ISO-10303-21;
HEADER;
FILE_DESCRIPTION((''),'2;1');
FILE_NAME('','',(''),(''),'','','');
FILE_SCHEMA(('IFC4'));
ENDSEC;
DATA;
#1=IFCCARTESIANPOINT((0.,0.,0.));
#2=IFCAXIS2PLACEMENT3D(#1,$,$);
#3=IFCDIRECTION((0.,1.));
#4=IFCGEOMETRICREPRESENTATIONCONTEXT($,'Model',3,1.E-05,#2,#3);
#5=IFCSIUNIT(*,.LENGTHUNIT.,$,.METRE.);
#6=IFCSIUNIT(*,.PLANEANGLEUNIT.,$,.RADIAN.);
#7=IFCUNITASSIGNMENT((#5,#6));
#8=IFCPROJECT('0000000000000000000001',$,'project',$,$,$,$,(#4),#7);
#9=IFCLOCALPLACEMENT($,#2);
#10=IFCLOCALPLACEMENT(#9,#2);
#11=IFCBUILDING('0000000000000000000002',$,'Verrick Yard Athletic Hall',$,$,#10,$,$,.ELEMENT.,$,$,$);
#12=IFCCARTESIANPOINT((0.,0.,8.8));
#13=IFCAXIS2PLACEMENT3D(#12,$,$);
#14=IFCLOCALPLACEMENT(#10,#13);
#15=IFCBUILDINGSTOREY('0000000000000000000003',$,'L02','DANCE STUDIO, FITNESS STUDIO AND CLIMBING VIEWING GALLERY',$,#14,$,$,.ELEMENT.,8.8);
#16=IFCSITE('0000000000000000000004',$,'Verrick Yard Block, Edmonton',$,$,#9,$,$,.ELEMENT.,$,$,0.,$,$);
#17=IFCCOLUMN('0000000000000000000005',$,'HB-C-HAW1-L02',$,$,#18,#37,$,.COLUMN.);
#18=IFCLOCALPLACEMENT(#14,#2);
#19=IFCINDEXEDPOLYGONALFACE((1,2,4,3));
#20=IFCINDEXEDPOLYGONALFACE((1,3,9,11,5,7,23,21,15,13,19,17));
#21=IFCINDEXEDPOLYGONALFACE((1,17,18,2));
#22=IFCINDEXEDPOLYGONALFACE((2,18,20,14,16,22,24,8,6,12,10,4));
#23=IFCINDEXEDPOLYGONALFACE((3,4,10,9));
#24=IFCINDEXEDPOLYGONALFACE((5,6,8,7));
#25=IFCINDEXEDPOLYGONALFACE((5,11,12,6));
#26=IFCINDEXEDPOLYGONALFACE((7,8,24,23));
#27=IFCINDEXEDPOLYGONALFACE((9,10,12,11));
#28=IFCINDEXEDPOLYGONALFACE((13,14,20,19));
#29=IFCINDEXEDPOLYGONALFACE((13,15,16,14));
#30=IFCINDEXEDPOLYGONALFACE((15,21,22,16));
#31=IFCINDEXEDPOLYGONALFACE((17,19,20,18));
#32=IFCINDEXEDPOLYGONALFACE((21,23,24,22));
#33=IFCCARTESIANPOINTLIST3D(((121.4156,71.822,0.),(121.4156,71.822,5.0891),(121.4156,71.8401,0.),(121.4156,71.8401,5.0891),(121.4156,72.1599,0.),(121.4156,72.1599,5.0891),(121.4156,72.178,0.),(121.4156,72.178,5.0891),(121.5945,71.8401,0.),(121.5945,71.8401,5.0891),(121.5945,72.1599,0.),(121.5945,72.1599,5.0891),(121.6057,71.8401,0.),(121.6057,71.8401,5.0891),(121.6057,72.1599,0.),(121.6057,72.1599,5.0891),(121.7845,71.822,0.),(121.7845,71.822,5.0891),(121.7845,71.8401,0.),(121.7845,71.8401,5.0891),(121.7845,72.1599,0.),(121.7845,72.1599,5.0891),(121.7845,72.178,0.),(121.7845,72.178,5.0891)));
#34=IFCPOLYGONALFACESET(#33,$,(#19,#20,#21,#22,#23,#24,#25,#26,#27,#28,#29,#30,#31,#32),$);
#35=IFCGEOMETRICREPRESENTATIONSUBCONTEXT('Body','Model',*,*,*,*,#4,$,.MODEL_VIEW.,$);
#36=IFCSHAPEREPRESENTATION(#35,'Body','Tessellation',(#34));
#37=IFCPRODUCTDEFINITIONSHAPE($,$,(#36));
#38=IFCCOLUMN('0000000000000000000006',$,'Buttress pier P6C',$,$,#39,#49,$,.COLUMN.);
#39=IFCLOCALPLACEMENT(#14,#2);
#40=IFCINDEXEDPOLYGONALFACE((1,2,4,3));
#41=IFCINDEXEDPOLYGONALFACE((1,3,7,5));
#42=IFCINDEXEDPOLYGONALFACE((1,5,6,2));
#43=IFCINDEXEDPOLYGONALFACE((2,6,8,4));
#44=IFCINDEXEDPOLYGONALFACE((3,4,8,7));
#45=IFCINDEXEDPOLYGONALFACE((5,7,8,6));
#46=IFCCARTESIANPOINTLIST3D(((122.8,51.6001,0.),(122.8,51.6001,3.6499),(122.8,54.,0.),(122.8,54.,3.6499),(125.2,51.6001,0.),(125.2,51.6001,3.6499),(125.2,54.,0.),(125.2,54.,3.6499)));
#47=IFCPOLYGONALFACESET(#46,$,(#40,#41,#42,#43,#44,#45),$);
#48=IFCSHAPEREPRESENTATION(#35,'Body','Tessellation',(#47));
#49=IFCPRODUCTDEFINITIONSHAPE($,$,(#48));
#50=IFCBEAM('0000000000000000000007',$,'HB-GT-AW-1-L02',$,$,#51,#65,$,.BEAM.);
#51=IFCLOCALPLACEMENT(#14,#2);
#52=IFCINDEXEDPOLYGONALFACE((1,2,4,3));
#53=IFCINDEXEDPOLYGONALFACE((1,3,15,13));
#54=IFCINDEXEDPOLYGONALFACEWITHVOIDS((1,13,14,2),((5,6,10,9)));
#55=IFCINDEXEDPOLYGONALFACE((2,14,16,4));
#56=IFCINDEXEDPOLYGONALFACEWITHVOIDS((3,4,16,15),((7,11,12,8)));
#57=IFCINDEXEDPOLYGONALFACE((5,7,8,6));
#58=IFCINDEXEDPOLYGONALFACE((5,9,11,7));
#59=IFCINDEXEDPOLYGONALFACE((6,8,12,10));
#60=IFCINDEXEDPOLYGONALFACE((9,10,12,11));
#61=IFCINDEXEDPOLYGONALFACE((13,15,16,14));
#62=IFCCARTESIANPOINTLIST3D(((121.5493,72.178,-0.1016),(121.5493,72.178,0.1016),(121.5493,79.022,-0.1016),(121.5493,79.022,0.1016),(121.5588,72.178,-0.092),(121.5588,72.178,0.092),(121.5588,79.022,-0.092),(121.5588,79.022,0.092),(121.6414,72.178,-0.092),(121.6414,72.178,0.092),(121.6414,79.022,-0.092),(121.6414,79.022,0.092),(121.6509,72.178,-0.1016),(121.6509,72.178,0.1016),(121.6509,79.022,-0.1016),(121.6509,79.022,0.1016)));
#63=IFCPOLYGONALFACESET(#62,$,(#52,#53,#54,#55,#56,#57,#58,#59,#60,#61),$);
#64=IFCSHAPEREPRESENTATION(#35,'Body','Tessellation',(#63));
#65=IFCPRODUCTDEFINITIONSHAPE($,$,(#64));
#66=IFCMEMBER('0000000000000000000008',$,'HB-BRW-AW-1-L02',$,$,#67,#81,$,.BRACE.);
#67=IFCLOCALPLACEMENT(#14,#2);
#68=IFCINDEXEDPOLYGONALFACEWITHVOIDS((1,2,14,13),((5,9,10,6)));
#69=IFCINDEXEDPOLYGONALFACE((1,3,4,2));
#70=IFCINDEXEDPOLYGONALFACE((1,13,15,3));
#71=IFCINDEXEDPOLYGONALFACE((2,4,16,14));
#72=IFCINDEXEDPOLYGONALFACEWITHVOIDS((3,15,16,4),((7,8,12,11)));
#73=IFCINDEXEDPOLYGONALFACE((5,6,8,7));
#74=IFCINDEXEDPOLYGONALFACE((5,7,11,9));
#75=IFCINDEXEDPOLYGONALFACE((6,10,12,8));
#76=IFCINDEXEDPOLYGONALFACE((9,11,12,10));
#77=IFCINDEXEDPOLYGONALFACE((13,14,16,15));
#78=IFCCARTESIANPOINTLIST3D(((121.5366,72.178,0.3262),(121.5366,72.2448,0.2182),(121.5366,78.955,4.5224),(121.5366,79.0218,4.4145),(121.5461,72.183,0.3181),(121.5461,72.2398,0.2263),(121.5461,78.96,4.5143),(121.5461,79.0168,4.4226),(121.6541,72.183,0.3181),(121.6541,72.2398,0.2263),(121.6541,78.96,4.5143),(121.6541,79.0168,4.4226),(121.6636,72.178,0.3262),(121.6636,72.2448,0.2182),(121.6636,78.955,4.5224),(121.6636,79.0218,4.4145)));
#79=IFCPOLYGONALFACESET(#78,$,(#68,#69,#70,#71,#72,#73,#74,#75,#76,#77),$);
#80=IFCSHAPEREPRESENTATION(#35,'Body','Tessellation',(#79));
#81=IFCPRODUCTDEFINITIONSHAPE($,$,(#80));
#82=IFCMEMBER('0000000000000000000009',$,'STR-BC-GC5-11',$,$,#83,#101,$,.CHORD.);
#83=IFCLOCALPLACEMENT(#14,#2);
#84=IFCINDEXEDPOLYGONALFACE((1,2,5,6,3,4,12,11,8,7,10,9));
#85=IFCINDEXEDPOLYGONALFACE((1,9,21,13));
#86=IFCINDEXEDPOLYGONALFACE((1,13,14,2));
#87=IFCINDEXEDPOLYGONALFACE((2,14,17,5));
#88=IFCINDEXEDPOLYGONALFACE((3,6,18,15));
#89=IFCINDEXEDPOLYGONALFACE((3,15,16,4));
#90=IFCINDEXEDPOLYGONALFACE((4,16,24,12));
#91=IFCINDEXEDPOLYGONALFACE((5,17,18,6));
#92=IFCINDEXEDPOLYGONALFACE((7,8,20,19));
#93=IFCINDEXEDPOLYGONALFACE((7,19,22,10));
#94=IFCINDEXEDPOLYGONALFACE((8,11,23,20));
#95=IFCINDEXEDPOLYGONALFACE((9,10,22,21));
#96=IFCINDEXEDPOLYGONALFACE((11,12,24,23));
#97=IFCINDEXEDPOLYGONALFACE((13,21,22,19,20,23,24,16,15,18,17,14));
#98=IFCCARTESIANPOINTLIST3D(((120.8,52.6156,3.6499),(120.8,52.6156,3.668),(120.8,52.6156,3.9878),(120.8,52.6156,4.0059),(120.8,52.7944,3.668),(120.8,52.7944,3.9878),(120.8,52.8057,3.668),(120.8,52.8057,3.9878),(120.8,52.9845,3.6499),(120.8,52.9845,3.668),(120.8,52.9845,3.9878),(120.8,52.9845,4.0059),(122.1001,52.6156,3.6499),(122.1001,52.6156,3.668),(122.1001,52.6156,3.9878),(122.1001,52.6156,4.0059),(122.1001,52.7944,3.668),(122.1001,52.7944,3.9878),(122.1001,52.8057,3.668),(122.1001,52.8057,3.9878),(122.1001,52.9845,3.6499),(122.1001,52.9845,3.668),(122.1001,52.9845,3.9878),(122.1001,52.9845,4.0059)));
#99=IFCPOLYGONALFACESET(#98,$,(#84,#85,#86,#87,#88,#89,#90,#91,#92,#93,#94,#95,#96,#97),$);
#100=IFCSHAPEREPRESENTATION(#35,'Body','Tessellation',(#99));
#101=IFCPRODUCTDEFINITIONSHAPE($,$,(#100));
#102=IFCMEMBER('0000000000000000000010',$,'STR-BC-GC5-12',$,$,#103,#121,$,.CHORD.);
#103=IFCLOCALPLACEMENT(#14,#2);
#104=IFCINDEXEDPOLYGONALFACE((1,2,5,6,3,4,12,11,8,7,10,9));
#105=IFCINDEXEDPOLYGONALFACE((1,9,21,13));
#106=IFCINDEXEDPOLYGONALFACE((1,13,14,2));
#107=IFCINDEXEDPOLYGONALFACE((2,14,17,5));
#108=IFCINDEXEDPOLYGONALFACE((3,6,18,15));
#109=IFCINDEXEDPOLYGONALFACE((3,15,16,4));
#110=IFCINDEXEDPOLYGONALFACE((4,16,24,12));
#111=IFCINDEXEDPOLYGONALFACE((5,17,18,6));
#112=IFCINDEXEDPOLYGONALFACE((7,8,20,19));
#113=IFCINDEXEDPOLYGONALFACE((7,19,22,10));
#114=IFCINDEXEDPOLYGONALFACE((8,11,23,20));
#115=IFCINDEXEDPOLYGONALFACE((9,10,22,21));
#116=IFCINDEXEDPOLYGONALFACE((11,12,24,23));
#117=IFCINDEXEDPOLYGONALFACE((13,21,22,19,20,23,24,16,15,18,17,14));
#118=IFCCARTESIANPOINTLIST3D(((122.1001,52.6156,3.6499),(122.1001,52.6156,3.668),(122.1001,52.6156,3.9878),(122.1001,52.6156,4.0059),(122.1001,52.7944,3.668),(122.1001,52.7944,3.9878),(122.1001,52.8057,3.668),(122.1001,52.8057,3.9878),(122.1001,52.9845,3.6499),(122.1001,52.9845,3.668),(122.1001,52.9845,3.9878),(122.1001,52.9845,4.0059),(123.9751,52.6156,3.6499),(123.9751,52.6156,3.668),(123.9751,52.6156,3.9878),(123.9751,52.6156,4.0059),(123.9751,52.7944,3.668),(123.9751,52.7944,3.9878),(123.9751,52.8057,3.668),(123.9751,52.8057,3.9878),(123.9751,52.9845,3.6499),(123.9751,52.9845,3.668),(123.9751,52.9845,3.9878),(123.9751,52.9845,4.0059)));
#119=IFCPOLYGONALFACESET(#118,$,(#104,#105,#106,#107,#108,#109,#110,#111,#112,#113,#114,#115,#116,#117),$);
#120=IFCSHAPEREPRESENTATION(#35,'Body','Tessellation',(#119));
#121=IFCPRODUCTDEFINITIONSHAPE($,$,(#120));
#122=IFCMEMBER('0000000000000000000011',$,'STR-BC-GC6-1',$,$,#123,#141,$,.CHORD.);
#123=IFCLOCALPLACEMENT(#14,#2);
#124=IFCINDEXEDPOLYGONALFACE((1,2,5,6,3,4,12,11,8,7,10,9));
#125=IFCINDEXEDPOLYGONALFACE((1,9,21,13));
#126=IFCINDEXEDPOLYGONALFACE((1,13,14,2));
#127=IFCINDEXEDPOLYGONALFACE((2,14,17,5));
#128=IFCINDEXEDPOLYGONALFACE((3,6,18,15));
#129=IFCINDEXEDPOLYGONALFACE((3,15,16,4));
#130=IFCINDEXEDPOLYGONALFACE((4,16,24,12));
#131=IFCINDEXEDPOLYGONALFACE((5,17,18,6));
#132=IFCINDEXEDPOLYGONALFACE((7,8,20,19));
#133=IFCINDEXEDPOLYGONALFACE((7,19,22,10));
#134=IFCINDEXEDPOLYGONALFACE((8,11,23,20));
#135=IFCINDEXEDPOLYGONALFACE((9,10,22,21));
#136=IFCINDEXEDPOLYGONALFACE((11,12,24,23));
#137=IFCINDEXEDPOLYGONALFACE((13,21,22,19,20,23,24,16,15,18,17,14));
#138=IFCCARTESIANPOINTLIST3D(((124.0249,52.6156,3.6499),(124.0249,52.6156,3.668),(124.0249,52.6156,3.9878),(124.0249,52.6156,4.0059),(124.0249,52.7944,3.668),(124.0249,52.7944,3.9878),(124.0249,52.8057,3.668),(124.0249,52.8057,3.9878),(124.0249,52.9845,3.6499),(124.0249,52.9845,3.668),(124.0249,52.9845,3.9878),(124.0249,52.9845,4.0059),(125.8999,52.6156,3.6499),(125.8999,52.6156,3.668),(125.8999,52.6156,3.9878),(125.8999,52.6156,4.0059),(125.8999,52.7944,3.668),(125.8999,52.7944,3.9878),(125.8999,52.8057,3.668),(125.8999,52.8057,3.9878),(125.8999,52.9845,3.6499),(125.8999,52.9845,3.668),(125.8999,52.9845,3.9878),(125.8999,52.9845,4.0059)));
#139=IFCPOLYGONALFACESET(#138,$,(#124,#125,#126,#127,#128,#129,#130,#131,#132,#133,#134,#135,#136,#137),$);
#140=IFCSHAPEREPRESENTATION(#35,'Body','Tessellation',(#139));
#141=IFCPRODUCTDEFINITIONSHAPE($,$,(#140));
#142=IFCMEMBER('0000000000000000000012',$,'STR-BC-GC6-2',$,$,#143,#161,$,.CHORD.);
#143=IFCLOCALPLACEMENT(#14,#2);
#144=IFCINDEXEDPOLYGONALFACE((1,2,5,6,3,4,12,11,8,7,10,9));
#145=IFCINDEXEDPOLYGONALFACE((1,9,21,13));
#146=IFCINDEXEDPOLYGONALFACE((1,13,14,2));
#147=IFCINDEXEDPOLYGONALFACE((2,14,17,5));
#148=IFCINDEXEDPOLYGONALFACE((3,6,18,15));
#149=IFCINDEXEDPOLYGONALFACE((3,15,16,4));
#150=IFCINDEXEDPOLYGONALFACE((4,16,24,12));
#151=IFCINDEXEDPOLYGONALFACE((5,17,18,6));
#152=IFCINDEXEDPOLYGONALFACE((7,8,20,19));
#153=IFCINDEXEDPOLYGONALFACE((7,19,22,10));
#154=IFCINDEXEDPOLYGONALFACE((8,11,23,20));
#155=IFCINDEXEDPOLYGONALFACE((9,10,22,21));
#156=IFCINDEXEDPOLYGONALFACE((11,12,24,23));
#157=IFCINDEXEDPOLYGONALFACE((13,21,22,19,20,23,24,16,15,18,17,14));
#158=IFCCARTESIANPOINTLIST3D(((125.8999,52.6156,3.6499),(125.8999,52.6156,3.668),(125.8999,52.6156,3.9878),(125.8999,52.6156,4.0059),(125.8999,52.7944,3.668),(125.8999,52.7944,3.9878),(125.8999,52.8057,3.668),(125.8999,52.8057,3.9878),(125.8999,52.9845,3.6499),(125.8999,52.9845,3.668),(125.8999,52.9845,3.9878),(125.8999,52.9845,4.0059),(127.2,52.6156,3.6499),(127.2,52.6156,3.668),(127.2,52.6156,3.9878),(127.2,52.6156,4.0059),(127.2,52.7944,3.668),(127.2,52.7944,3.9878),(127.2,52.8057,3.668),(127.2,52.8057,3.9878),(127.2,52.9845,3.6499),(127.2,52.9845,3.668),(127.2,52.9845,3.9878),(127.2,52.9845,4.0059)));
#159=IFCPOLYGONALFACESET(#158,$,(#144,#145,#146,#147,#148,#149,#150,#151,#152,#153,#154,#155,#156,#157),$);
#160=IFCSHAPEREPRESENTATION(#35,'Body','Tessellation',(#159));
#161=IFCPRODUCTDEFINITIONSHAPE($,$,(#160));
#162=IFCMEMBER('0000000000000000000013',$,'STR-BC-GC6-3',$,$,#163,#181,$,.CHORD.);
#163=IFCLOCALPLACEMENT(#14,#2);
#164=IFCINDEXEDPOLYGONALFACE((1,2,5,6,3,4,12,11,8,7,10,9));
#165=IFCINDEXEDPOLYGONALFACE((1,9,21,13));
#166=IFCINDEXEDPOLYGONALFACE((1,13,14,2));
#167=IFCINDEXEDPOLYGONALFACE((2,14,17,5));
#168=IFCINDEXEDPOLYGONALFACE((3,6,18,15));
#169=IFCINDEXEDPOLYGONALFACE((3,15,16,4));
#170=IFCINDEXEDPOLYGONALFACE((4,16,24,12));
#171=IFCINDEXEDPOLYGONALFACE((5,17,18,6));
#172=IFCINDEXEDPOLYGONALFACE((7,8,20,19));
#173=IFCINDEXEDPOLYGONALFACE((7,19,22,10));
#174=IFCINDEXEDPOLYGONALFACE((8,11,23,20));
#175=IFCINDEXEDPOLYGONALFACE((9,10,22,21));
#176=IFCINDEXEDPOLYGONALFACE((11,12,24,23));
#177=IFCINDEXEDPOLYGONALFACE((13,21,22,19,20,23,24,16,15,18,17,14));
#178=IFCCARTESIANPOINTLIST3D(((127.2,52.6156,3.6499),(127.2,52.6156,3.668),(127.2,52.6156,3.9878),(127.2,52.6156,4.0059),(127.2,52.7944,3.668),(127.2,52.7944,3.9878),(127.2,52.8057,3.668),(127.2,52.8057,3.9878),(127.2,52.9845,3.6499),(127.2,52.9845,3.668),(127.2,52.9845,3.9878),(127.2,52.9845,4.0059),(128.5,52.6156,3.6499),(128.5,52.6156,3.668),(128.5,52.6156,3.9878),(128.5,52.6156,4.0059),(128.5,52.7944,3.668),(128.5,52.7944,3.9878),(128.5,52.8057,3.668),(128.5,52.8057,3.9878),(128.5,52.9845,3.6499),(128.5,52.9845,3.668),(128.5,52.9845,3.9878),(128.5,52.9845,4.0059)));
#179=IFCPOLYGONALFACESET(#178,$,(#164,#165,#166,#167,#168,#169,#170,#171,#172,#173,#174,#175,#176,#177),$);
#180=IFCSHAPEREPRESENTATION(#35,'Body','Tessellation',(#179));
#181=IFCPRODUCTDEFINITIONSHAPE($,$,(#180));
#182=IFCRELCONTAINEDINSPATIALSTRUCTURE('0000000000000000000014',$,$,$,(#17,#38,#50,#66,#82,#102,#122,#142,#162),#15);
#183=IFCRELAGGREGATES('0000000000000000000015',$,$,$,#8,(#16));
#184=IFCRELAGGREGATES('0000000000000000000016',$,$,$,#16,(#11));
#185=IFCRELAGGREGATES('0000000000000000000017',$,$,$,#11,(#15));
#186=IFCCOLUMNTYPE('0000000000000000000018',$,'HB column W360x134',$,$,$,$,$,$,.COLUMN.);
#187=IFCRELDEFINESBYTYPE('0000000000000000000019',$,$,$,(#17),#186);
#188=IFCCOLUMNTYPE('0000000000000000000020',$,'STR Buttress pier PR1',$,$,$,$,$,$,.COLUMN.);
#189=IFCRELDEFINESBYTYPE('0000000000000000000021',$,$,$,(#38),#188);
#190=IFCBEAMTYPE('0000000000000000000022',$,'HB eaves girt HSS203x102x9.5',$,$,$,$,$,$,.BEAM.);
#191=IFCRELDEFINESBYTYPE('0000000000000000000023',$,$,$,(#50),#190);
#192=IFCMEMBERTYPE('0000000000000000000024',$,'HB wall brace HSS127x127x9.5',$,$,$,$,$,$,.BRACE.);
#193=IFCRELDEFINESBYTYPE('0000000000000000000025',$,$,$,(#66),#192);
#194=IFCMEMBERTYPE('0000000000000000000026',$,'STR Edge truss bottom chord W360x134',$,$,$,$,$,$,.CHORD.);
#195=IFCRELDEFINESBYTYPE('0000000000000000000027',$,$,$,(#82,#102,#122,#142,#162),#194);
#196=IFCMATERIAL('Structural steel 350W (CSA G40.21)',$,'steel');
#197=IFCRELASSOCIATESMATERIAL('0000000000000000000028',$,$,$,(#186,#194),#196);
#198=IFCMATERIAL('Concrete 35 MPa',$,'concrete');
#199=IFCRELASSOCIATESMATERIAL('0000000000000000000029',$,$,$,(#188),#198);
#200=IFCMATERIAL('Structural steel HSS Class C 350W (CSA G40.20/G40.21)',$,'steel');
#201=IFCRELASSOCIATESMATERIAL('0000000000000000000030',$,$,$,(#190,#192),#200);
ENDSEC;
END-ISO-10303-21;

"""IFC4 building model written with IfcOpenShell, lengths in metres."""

from ifc_helpers import new_model, si_unit, direction, frame, origin, origin_2d, place, context, subcontext, project, spatial, rectangle, hollow_rectangle, i_section, extrude, material, material_profile, profile_set, type_object, element, save


model = new_model("IFC4")

# Units and contexts
model_context = context("Model", 3, precision=1e-05, world=origin(), true_north=direction((0.0, 1.0)))
body_context = subcontext(model_context, "Body", "Model", "MODEL_VIEW")
ifc_project = project(units=[si_unit("LENGTHUNIT", "METRE"), si_unit("PLANEANGLEUNIT", "RADIAN")], contexts=[model_context])

# Site, building, storey
site_placement = place(None, origin())
site = spatial("IfcSite", under=ifc_project, at=site_placement, Name="Verrick Yard Block, Edmonton", CompositionType="ELEMENT", RefElevation=0.0)
building_placement = place(site_placement, origin())
building = spatial("IfcBuilding", under=site, at=building_placement, Name="Verrick Yard Athletic Hall", CompositionType="ELEMENT")
storey_placement = place(building_placement, frame((0.0, 0.0, 8.8)))
storey = spatial("IfcBuildingStorey", under=building, at=storey_placement, Name="L02", Description="DANCE STUDIO, FITNESS STUDIO AND CLIMBING VIEWING GALLERY", CompositionType="ELEMENT", Elevation=8.8)

# Columns
ifc_material_1 = material(Name="Structural steel 350W (CSA G40.21)", Category="steel")
ifc_material_profile_1 = material_profile(ifc_material_1, i_section(OverallWidth=0.3689, OverallDepth=0.356, WebThickness=0.0112, FlangeThickness=0.0181, at=origin_2d()), Name="W360x134")
ifc_profile_set_1 = profile_set([ifc_material_profile_1], Name="Structural steel 350W (CSA G40.21)")
column_type_1 = type_object("IfcColumnType", Name="HB column W360x134", PredefinedType="COLUMN", material=ifc_profile_set_1)
column_1_placement = place(storey_placement, frame((121.6001, 72.0, 0.0), z_axis=(0.0, 0.0, 1.0), x_axis=(1.0, 0.0, 0.0)))
element("IfcColumn", 1, at=column_1_placement, inside=storey, type_object=column_type_1, Name="HB-C-HAW1-L02", PredefinedType="COLUMN", context=body_context, shape_type="SweptSolid", body=[
    extrude(i_section(OverallWidth=0.3689, OverallDepth=0.356, WebThickness=0.0112, FlangeThickness=0.0181, at=origin_2d()), origin(), (0.0, 0.0, 1.0), 5.0891),
])
ifc_material_2 = material(Name="Concrete 35 MPa", Category="concrete")
ifc_material_profile_2 = material_profile(ifc_material_2, rectangle(XDim=2.3999, YDim=2.3999, at=origin_2d()), Name="STR Buttress pier PR1")
ifc_profile_set_2 = profile_set([ifc_material_profile_2], Name="Concrete 35 MPa")
column_type_2 = type_object("IfcColumnType", Name="STR Buttress pier PR1", PredefinedType="COLUMN", material=ifc_profile_set_2)
column_2_placement = place(storey_placement, frame((124.0, 52.8, 0.0), z_axis=(0.0, 0.0, 1.0), x_axis=(1.0, 0.0, 0.0)))
element("IfcColumn", 2, at=column_2_placement, inside=storey, type_object=column_type_2, Name="Buttress pier P6C", PredefinedType="COLUMN", context=body_context, shape_type="SweptSolid", body=[
    extrude(rectangle(XDim=2.3999, YDim=2.3999, at=origin_2d()), origin(), (0.0, 0.0, 1.0), 3.6499),
])

# Beam
ifc_material_3 = material(Name="Structural steel HSS Class C 350W (CSA G40.20/G40.21)", Category="steel")
ifc_material_profile_3 = material_profile(ifc_material_3, hollow_rectangle(XDim=0.1016, YDim=0.2031, WallThickness=0.0095, at=origin_2d()), Name="HSS203x102x9.5")
ifc_profile_set_3 = profile_set([ifc_material_profile_3], Name="Structural steel HSS Class C 350W (CSA G40.20/G40.21)")
beam_type = type_object("IfcBeamType", Name="HB eaves girt HSS203x102x9.5", PredefinedType="BEAM", material=ifc_profile_set_3)
beam_placement = place(storey_placement, frame((121.6001, 72.178, 0.0), z_axis=(0.0, 1.0, 0.0), x_axis=(-1.0, 0.0, 0.0)))
element("IfcBeam", 3, at=beam_placement, inside=storey, type_object=beam_type, Name="HB-GT-AW-1-L02", PredefinedType="BEAM", context=body_context, shape_type="SweptSolid", body=[
    extrude(hollow_rectangle(XDim=0.1016, YDim=0.2031, WallThickness=0.0095, at=origin_2d()), origin(), (0.0, 0.0, 1.0), 6.844),
])

# Members
ifc_material_profile_4 = material_profile(ifc_material_3, hollow_rectangle(XDim=0.127, YDim=0.127, WallThickness=0.0095, at=origin_2d()), Name="HSS127x127x9.5")
ifc_profile_set_4 = profile_set([ifc_material_profile_4], Name="Structural steel HSS Class C 350W (CSA G40.20/G40.21)")
member_type_1 = type_object("IfcMemberType", Name="HB wall brace HSS127x127x9.5", PredefinedType="BRACE", material=ifc_profile_set_4)
member_1_placement = place(storey_placement, frame((121.6001, 72.2114, 0.2722), z_axis=(0.0, 0.850212, 0.52644), x_axis=(-1.0, 0.0, 0.0)))
element("IfcMember", 4, at=member_1_placement, inside=storey, type_object=member_type_1, Name="HB-BRW-AW-1-L02", PredefinedType="BRACE", context=body_context, shape_type="SweptSolid", body=[
    extrude(hollow_rectangle(XDim=0.127, YDim=0.127, WallThickness=0.0095, at=origin_2d()), origin(), (0.0, 0.0, 1.0), 7.9709),
])
ifc_material_profile_5 = material_profile(ifc_material_1, i_section(OverallWidth=0.3689, OverallDepth=0.356, WebThickness=0.0112, FlangeThickness=0.0181, at=origin_2d()), Name="W360x134")
ifc_profile_set_5 = profile_set([ifc_material_profile_5], Name="Structural steel 350W (CSA G40.21)")
member_type_2 = type_object("IfcMemberType", Name="STR Edge truss bottom chord W360x134", PredefinedType="CHORD", material=ifc_profile_set_5)
member_2_placement = place(storey_placement, frame((120.8, 52.8, 3.8279), z_axis=(1.0, 0.0, 0.0), x_axis=(0.0, 1.0, 0.0)))
element("IfcMember", 5, at=member_2_placement, inside=storey, type_object=member_type_2, Name="STR-BC-GC5-11", PredefinedType="CHORD", context=body_context, shape_type="SweptSolid", body=[
    extrude(i_section(OverallWidth=0.3689, OverallDepth=0.356, WebThickness=0.0112, FlangeThickness=0.0181, at=origin_2d()), origin(), (0.0, 0.0, 1.0), 1.3),
])
for number, where, z_axis, x_axis, name in (
    (6, (122.1001, 52.8, 3.8279), (1.0, 0.0, 0.0), (0.0, 1.0, 0.0), "STR-BC-GC5-12"),
    (7, (124.0249, 52.8, 3.8279), (1.0, 0.0, 0.0), (0.0, 1.0, 0.0), "STR-BC-GC6-1"),
):
    element("IfcMember", number, at=place(storey_placement, frame(where, z_axis=z_axis, x_axis=x_axis)), inside=storey, type_object=member_type_2, Name=name, PredefinedType="CHORD", context=body_context, shape_type="SweptSolid", body=[
        extrude(i_section(OverallWidth=0.3689, OverallDepth=0.356, WebThickness=0.0112, FlangeThickness=0.0181, at=origin_2d()), origin(), (0.0, 0.0, 1.0), 1.875),
    ])
for number, where, z_axis, x_axis, name in (
    (8, (125.8999, 52.8, 3.8279), (1.0, 0.0, 0.0), (0.0, 1.0, 0.0), "STR-BC-GC6-2"),
    (9, (127.2, 52.8, 3.8279), (1.0, 0.0, 0.0), (0.0, 1.0, 0.0), "STR-BC-GC6-3"),
):
    element("IfcMember", number, at=place(storey_placement, frame(where, z_axis=z_axis, x_axis=x_axis)), inside=storey, type_object=member_type_2, Name=name, PredefinedType="CHORD", context=body_context, shape_type="SweptSolid", body=[
        extrude(i_section(OverallWidth=0.3689, OverallDepth=0.356, WebThickness=0.0112, FlangeThickness=0.0181, at=origin_2d()), origin(), (0.0, 0.0, 1.0), 1.3),
    ])

save(model, "model.ifc")
